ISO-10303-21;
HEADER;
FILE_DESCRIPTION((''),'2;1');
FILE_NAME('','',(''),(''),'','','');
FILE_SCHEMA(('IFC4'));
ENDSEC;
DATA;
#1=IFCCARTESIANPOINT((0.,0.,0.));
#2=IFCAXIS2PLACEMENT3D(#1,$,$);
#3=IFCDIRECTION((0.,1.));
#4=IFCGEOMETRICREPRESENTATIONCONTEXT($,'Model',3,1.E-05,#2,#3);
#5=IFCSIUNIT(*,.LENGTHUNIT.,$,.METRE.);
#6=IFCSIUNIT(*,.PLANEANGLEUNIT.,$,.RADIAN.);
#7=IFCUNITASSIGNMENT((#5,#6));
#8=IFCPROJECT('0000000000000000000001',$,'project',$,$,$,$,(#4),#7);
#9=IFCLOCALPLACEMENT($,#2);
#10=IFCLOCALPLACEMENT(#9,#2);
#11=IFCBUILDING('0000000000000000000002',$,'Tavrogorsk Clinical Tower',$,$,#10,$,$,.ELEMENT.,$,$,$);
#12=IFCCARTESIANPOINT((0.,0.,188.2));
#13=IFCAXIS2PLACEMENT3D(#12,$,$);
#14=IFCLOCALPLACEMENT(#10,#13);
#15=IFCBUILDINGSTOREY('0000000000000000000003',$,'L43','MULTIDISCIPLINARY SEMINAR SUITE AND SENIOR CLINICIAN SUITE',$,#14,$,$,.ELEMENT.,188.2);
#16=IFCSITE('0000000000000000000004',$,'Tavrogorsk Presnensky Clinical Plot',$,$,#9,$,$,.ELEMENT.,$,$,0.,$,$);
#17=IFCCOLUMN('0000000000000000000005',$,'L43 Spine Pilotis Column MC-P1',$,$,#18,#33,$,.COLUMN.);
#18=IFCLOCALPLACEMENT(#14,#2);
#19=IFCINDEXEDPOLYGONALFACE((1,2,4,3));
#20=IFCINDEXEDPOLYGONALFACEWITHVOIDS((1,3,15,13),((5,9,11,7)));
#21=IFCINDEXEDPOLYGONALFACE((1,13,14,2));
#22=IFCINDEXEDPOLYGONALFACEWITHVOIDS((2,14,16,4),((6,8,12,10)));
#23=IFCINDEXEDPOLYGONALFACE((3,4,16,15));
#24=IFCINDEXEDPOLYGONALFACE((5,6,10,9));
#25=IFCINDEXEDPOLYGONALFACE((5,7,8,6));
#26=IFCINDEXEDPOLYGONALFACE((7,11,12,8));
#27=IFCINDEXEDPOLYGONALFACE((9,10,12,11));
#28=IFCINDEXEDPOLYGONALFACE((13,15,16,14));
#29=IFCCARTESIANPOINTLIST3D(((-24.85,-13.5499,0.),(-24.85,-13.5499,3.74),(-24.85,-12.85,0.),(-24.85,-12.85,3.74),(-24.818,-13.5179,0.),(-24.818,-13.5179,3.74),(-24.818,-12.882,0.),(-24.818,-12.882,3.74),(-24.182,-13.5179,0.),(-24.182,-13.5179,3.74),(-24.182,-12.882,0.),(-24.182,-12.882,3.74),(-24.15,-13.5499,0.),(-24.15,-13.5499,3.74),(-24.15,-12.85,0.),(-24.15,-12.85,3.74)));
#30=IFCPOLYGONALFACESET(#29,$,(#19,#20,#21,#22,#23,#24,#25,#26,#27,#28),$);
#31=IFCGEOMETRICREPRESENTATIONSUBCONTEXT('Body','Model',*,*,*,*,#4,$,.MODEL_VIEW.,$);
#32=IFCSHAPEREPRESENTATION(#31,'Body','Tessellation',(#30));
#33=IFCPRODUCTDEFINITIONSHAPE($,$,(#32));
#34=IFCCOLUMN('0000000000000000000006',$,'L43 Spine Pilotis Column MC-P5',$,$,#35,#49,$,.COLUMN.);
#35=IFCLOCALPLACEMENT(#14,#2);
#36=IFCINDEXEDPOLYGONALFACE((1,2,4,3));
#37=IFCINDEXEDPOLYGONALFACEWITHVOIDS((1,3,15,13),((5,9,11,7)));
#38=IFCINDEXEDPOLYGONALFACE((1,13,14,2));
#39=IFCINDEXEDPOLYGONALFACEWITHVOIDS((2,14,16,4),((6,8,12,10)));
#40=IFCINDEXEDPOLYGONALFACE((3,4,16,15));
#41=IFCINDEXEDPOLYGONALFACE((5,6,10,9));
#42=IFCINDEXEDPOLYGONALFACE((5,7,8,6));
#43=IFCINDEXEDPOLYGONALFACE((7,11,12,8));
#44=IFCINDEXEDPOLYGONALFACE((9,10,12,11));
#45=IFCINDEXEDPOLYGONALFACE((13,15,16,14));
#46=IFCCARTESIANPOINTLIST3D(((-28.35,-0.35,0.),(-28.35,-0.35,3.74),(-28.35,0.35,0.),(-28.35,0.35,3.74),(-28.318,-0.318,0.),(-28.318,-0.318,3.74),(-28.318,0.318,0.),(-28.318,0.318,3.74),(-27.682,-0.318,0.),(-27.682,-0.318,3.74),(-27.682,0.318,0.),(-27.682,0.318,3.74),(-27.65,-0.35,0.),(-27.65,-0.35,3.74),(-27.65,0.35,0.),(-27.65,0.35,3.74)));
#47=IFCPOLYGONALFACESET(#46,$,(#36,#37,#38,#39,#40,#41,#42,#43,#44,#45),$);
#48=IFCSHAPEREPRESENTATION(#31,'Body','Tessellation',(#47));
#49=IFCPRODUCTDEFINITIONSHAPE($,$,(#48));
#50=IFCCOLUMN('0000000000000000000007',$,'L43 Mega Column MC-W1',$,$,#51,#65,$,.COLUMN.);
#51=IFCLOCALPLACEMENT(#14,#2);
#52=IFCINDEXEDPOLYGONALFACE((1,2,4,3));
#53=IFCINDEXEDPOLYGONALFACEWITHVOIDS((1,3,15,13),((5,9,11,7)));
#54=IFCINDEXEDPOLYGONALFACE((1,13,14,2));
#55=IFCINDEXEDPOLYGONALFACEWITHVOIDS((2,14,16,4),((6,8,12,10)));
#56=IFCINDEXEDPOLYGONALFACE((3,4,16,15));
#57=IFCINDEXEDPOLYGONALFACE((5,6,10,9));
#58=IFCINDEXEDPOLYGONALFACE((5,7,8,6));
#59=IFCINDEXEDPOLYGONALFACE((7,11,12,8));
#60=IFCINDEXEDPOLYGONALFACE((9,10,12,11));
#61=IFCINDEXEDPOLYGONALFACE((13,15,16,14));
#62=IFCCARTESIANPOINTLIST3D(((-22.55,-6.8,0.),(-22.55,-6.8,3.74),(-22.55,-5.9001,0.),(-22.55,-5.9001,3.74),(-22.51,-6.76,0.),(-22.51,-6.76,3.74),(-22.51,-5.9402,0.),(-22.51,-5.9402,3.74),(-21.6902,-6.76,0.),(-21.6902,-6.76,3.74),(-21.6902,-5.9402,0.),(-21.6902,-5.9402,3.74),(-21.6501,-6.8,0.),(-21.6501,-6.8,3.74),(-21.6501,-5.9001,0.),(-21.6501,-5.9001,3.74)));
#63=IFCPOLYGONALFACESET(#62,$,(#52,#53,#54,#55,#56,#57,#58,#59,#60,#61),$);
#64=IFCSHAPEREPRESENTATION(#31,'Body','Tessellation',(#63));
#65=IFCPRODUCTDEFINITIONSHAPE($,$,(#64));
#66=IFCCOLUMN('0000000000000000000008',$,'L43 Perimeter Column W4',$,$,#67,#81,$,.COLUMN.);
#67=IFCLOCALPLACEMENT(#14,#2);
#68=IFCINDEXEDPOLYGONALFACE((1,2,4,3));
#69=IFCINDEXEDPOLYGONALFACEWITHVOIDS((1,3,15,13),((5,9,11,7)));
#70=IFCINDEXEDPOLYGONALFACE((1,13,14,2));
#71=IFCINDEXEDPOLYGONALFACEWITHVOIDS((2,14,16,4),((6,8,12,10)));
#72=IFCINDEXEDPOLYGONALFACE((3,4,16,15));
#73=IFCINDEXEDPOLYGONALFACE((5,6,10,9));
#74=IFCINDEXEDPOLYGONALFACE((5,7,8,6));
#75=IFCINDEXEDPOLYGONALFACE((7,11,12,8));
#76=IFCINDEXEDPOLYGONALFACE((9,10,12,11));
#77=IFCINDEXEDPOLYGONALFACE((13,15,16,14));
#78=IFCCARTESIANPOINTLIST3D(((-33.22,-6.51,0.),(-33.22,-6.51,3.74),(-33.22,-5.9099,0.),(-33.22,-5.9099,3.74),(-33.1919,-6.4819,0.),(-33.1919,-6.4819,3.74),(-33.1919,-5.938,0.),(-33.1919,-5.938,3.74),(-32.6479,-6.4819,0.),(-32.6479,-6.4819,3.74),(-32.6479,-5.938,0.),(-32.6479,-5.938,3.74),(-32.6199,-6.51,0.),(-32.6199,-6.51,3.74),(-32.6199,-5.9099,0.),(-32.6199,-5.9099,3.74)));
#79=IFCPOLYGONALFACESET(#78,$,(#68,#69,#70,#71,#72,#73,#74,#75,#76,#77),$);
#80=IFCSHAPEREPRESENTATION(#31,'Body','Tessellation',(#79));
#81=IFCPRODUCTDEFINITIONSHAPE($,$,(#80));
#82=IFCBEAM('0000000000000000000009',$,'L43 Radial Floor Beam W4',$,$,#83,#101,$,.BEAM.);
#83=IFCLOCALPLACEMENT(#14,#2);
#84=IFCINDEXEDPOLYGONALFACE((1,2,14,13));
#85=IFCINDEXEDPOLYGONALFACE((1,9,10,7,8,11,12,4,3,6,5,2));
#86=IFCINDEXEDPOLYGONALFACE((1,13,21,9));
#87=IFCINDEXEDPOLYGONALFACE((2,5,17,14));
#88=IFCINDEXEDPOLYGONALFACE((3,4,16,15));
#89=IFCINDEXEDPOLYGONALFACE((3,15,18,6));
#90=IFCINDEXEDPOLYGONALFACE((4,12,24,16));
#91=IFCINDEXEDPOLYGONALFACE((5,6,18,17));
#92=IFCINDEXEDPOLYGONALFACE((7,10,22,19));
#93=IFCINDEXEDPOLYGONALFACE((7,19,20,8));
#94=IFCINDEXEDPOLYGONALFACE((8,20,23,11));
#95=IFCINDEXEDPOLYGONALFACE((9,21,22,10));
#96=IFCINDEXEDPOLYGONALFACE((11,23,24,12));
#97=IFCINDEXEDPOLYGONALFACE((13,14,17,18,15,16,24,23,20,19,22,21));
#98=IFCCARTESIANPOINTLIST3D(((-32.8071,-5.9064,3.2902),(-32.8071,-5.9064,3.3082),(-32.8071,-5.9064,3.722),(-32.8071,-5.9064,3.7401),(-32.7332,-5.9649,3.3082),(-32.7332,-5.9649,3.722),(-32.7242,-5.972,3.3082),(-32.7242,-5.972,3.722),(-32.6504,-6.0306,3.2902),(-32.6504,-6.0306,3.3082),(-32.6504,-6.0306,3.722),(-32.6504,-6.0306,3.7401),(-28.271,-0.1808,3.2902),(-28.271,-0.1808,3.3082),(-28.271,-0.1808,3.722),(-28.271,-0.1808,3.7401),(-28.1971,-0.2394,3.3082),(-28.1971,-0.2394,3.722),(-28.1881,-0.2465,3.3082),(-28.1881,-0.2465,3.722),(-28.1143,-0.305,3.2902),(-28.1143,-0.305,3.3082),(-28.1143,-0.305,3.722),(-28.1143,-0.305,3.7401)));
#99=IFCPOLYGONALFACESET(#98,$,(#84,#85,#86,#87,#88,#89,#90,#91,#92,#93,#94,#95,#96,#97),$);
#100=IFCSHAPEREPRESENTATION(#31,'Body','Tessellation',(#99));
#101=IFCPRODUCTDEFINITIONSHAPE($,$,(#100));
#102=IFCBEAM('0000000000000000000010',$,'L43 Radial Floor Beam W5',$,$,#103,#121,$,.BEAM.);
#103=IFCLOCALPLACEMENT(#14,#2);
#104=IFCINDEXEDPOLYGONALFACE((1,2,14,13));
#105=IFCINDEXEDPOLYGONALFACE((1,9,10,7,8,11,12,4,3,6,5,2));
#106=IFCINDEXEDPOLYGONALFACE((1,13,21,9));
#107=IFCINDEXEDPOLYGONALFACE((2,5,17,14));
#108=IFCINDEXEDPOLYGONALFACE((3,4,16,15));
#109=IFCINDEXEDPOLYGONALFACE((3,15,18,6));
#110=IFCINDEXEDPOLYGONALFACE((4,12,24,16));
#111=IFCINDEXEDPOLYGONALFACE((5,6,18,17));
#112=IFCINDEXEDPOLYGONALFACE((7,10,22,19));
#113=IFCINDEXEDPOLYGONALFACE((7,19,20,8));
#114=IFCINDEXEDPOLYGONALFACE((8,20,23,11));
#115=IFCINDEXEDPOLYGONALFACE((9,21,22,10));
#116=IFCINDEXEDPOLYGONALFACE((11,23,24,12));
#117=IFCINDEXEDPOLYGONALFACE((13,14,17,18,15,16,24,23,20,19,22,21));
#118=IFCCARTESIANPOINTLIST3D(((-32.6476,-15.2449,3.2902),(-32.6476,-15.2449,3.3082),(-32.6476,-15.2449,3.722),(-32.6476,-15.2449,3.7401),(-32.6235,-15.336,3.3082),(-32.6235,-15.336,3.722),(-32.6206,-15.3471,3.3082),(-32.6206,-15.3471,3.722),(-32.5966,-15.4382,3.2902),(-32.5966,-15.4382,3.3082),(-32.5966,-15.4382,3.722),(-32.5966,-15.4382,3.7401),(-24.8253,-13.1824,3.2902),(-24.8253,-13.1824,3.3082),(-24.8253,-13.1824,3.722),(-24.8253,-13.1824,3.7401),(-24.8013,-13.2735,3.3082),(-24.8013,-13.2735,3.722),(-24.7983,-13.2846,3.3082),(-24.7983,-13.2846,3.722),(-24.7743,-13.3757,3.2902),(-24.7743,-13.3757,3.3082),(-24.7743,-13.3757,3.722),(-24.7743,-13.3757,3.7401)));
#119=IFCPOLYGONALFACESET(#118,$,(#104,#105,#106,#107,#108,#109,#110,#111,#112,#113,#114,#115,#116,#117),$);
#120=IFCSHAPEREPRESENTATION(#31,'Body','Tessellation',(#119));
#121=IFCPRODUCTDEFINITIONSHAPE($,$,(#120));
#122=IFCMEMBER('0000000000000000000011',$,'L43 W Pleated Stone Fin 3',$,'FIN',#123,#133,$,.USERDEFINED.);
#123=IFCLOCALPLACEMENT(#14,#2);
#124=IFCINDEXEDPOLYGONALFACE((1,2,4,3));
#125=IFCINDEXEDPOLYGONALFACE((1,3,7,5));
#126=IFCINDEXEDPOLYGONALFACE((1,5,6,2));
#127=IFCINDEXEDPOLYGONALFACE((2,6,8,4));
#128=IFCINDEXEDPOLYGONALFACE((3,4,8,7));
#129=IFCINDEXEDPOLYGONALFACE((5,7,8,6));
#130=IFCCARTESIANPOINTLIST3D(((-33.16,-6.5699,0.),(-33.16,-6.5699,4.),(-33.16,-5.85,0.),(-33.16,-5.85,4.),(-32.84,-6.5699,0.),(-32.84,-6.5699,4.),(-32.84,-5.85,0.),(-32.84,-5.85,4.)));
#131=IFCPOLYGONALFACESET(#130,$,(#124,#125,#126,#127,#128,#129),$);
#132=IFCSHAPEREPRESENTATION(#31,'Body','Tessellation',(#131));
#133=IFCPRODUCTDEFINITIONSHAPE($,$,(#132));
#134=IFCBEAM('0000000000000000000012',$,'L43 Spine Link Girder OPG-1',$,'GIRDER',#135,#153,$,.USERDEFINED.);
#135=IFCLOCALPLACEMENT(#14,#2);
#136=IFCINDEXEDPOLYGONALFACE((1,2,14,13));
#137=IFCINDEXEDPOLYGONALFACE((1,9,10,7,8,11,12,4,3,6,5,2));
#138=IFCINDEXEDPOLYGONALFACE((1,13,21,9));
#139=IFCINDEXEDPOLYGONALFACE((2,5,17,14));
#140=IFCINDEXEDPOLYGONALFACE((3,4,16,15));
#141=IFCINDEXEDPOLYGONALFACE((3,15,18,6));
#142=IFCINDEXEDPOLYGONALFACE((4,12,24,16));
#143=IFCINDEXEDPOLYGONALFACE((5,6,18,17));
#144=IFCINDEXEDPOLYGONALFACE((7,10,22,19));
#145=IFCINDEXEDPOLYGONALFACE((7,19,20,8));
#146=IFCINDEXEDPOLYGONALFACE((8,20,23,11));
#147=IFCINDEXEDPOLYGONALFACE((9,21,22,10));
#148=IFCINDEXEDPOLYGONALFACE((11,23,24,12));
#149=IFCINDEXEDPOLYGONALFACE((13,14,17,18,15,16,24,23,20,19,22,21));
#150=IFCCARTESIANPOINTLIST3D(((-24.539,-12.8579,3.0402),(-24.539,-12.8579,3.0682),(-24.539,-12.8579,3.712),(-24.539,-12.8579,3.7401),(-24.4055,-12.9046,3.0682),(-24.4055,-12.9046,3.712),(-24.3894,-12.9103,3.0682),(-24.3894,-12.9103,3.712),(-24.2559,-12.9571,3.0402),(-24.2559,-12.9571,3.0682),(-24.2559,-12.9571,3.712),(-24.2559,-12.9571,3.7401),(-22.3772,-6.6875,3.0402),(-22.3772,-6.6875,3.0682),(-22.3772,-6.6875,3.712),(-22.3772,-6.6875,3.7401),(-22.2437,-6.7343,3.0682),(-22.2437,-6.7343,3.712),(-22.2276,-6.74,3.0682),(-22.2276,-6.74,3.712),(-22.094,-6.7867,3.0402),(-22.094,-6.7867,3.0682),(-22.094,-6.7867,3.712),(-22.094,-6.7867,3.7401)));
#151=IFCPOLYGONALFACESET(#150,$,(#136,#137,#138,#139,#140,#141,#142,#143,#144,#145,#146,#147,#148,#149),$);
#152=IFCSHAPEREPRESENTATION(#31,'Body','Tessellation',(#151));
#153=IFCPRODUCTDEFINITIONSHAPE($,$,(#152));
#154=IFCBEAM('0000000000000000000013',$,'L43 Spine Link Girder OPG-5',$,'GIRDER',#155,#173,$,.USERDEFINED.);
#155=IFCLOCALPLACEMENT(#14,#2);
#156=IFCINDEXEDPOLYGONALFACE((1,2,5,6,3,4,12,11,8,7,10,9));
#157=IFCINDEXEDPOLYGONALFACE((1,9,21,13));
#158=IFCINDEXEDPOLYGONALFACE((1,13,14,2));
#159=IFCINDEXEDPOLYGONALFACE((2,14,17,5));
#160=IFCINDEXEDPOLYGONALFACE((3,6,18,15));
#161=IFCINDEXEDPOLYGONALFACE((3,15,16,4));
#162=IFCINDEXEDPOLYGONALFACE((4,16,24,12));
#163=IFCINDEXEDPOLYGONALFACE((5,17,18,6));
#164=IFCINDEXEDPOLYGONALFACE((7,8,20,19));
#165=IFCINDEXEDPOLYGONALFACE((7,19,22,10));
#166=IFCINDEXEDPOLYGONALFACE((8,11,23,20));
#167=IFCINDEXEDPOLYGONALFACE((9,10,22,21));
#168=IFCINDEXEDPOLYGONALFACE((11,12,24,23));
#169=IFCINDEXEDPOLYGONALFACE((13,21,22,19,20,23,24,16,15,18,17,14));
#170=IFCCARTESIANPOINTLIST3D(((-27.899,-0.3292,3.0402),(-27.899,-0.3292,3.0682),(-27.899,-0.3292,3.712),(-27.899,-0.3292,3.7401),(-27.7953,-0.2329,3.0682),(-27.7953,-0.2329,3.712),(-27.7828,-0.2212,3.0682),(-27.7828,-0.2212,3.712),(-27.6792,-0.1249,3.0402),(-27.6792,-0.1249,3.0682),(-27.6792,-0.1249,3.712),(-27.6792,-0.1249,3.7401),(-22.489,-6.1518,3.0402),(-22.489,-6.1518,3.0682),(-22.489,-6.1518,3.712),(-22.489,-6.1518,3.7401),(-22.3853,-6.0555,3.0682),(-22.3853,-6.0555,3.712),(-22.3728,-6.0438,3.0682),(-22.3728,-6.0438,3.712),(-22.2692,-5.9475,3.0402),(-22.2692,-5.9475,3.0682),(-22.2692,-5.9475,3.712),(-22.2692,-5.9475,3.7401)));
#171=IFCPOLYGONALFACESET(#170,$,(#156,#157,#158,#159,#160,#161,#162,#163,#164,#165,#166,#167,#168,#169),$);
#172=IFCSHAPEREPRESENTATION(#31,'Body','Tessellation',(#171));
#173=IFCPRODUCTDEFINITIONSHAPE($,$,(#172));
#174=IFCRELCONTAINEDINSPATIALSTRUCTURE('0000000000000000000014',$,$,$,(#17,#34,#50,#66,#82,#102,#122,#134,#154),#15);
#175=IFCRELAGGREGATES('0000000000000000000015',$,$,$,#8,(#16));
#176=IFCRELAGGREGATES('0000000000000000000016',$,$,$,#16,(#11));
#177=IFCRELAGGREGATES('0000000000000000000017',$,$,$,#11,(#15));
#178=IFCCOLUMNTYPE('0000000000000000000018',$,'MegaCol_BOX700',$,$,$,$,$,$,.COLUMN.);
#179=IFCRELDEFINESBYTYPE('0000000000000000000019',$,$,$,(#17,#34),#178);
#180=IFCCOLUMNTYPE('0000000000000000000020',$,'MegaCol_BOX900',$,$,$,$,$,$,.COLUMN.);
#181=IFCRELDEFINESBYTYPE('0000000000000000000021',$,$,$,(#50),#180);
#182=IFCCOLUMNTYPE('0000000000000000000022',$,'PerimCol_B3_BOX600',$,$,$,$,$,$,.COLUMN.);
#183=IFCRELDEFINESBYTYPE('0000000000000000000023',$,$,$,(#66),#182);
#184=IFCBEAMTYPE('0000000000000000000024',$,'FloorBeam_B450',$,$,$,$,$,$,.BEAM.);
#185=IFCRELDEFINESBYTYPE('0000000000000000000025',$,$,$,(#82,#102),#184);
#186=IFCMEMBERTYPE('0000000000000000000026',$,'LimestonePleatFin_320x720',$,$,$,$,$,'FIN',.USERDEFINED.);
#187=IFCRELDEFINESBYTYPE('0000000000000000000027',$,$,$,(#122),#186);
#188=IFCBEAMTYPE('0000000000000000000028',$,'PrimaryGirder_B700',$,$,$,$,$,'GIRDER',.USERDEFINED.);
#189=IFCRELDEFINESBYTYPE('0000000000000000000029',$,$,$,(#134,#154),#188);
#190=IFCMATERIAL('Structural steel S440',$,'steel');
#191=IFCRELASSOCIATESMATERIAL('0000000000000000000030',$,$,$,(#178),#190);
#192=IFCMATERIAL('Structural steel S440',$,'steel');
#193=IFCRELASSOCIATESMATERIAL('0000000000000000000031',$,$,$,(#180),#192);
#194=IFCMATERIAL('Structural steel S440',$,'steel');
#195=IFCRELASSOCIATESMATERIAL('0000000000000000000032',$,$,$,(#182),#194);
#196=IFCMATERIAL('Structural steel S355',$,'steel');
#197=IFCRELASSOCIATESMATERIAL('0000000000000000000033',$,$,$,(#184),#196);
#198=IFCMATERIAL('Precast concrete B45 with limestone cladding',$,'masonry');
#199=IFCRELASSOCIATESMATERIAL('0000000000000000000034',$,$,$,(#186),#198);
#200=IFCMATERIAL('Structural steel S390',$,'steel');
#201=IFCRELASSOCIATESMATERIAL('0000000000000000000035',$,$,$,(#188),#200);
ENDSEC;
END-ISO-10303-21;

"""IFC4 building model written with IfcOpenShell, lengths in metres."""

from ifc_helpers import new_model, si_unit, direction, frame, origin, origin_2d, place, context, subcontext, project, spatial, rectangle, hollow_rectangle, i_section, extrude, material, material_profile, profile_set, type_object, element, save


model = new_model("IFC4")

# Units and contexts
model_context = context("Model", 3, precision=1e-05, world=origin(), true_north=direction((0.0, 1.0)))
body_context = subcontext(model_context, "Body", "Model", "MODEL_VIEW")
ifc_project = project(units=[si_unit("LENGTHUNIT", "METRE"), si_unit("PLANEANGLEUNIT", "RADIAN")], contexts=[model_context])

# Site, building, storey
site_placement = place(None, origin())
site = spatial("IfcSite", under=ifc_project, at=site_placement, Name="Tavrogorsk Presnensky Clinical Plot", CompositionType="ELEMENT", RefElevation=0.0)
building_placement = place(site_placement, origin())
building = spatial("IfcBuilding", under=site, at=building_placement, Name="Tavrogorsk Clinical Tower", CompositionType="ELEMENT")
storey_placement = place(building_placement, frame((0.0, 0.0, 188.2)))
storey = spatial("IfcBuildingStorey", under=building, at=storey_placement, Name="L43", Description="MULTIDISCIPLINARY SEMINAR SUITE AND SENIOR CLINICIAN SUITE", CompositionType="ELEMENT", Elevation=188.2)

# Columns
ifc_material_1 = material(Name="Structural steel S440", Category="steel")
ifc_material_profile_1 = material_profile(ifc_material_1, hollow_rectangle(XDim=0.7, YDim=0.7, WallThickness=0.032, at=origin_2d()), Name="BOX-700x700x32")
ifc_profile_set_1 = profile_set([ifc_material_profile_1], Name="Structural steel S440")
column_type_1 = type_object("IfcColumnType", Name="MegaCol_BOX700", PredefinedType="COLUMN", material=ifc_profile_set_1)
for number, where, z_axis, x_axis, name in (
    (1, (-24.5, -13.2, 0.0), (0.0, 0.0, 1.0), (1.0, 0.0, 0.0), "L43 Spine Pilotis Column MC-P1"),
    (2, (-28.0, 0.0, 0.0), (0.0, 0.0, 1.0), (1.0, 0.0, 0.0), "L43 Spine Pilotis Column MC-P5"),
):
    element("IfcColumn", number, at=place(storey_placement, frame(where, z_axis=z_axis, x_axis=x_axis)), inside=storey, type_object=column_type_1, Name=name, PredefinedType="COLUMN", context=body_context, shape_type="SweptSolid", body=[
        extrude(hollow_rectangle(XDim=0.7, YDim=0.7, WallThickness=0.032, at=origin_2d()), origin(), (0.0, 0.0, 1.0), 3.74),
    ])
ifc_material_2 = material(Name="Structural steel S440", Category="steel")
ifc_material_profile_2 = material_profile(ifc_material_2, hollow_rectangle(XDim=0.8999, YDim=0.8999, WallThickness=0.04, at=origin_2d()), Name="BOX-900x900x40")
ifc_profile_set_2 = profile_set([ifc_material_profile_2], Name="Structural steel S440")
column_type_2 = type_object("IfcColumnType", Name="MegaCol_BOX900", PredefinedType="COLUMN", material=ifc_profile_set_2)
column_1_placement = place(storey_placement, frame((-22.1001, -6.3501, 0.0), z_axis=(0.0, 0.0, 1.0), x_axis=(1.0, 0.0, 0.0)))
element("IfcColumn", 3, at=column_1_placement, inside=storey, type_object=column_type_2, Name="L43 Mega Column MC-W1", PredefinedType="COLUMN", context=body_context, shape_type="SweptSolid", body=[
    extrude(hollow_rectangle(XDim=0.8999, YDim=0.8999, WallThickness=0.04, at=origin_2d()), origin(), (0.0, 0.0, 1.0), 3.74),
])
ifc_material_3 = material(Name="Structural steel S440", Category="steel")
ifc_material_profile_3 = material_profile(ifc_material_3, hollow_rectangle(XDim=0.6001, YDim=0.6001, WallThickness=0.0281, at=origin_2d()), Name="BOX-600x600x28")
ifc_profile_set_3 = profile_set([ifc_material_profile_3], Name="Structural steel S440")
column_type_3 = type_object("IfcColumnType", Name="PerimCol_B3_BOX600", PredefinedType="COLUMN", material=ifc_profile_set_3)
column_2_placement = place(storey_placement, frame((-32.9199, -6.21, 0.0), z_axis=(0.0, 0.0, 1.0), x_axis=(1.0, 0.0, 0.0)))
element("IfcColumn", 4, at=column_2_placement, inside=storey, type_object=column_type_3, Name="L43 Perimeter Column W4", PredefinedType="COLUMN", context=body_context, shape_type="SweptSolid", body=[
    extrude(hollow_rectangle(XDim=0.6001, YDim=0.6001, WallThickness=0.0281, at=origin_2d()), origin(), (0.0, 0.0, 1.0), 3.74),
])

# Beams
ifc_material_4 = material(Name="Structural steel S355", Category="steel")
ifc_material_profile_4 = material_profile(ifc_material_4, i_section(OverallWidth=0.2, OverallDepth=0.45, WebThickness=0.0115, FlangeThickness=0.0181, at=origin_2d()), Name="B-450x200x11.5x18")
ifc_profile_set_4 = profile_set([ifc_material_profile_4], Name="Structural steel S355")
beam_type_1 = type_object("IfcBeamType", Name="FloorBeam_B450", PredefinedType="BEAM", material=ifc_profile_set_4)
beam_1_placement = place(storey_placement, frame((-28.1926, -0.2429, 3.5151), z_axis=(-0.620987, -0.783821, 0.0), x_axis=(0.783821, -0.620987, 0.0)))
element("IfcBeam", 5, at=beam_1_placement, inside=storey, type_object=beam_type_1, Name="L43 Radial Floor Beam W4", PredefinedType="BEAM", context=body_context, shape_type="SweptSolid", body=[
    extrude(i_section(OverallWidth=0.2, OverallDepth=0.45, WebThickness=0.0115, FlangeThickness=0.0181, at=origin_2d()), origin(), (0.0, 0.0, 1.0), 7.3047),
])
beam_2_placement = place(storey_placement, frame((-24.7998, -13.2791, 3.5151), z_axis=(-0.966952, -0.254957, 0.0), x_axis=(0.254957, -0.966952, 0.0)))
element("IfcBeam", 6, at=beam_2_placement, inside=storey, type_object=beam_type_1, Name="L43 Radial Floor Beam W5", PredefinedType="BEAM", context=body_context, shape_type="SweptSolid", body=[
    extrude(i_section(OverallWidth=0.2, OverallDepth=0.45, WebThickness=0.0115, FlangeThickness=0.0181, at=origin_2d()), origin(), (0.0, 0.0, 1.0), 8.0896),
])

# Member
ifc_material_5 = material(Name="Precast concrete B45 with limestone cladding", Category="masonry")
ifc_material_profile_5 = material_profile(ifc_material_5, rectangle(XDim=0.3201, YDim=0.72, at=origin_2d()), Name="LIMESTONE-FIN-320x720")
ifc_profile_set_5 = profile_set([ifc_material_profile_5], Name="Precast concrete B45 with limestone cladding")
member_type = type_object("IfcMemberType", Name="LimestonePleatFin_320x720", ElementType="FIN", PredefinedType="USERDEFINED", material=ifc_profile_set_5)
member_placement = place(storey_placement, frame((-33.0, -6.21, 0.0), z_axis=(0.0, 0.0, 1.0), x_axis=(1.0, 0.0, 0.0)))
element("IfcMember", 7, at=member_placement, inside=storey, type_object=member_type, Name="L43 W Pleated Stone Fin 3", ObjectType="FIN", PredefinedType="USERDEFINED", context=body_context, shape_type="SweptSolid", body=[
    extrude(rectangle(XDim=0.3201, YDim=0.72, at=origin_2d()), origin(), (0.0, 0.0, 1.0), 4.0),
])

# Beams
ifc_material_6 = material(Name="Structural steel S390", Category="steel")
ifc_material_profile_6 = material_profile(ifc_material_6, i_section(OverallWidth=0.3, OverallDepth=0.7, WebThickness=0.0171, FlangeThickness=0.0281, at=origin_2d()), Name="B-700x300x17x28")
ifc_profile_set_6 = profile_set([ifc_material_profile_6], Name="Structural steel S390")
beam_type_2 = type_object("IfcBeamType", Name="PrimaryGirder_B700", ElementType="GIRDER", PredefinedType="USERDEFINED", material=ifc_profile_set_6)
beam_3_placement = place(storey_placement, frame((-24.3975, -12.9075, 3.3901), z_axis=(0.330653, 0.943752, 0.0), x_axis=(-0.943752, 0.330653, 0.0)))
element("IfcBeam", 8, at=beam_3_placement, inside=storey, type_object=beam_type_2, Name="L43 Spine Link Girder OPG-1", ObjectType="GIRDER", PredefinedType="USERDEFINED", context=body_context, shape_type="SweptSolid", body=[
    extrude(i_section(OverallWidth=0.3, OverallDepth=0.7, WebThickness=0.0171, FlangeThickness=0.0281, at=origin_2d()), origin(), (0.0, 0.0, 1.0), 6.5381),
])
beam_4_placement = place(storey_placement, frame((-27.7891, -0.2271, 3.3901), z_axis=(0.680674, -0.732587, 0.0), x_axis=(0.732587, 0.680674, 0.0)))
element("IfcBeam", 9, at=beam_4_placement, inside=storey, type_object=beam_type_2, Name="L43 Spine Link Girder OPG-5", ObjectType="GIRDER", PredefinedType="USERDEFINED", context=body_context, shape_type="SweptSolid", body=[
    extrude(i_section(OverallWidth=0.3, OverallDepth=0.7, WebThickness=0.0171, FlangeThickness=0.0281, at=origin_2d()), origin(), (0.0, 0.0, 1.0), 7.948),
])

save(model, "model.ifc")
